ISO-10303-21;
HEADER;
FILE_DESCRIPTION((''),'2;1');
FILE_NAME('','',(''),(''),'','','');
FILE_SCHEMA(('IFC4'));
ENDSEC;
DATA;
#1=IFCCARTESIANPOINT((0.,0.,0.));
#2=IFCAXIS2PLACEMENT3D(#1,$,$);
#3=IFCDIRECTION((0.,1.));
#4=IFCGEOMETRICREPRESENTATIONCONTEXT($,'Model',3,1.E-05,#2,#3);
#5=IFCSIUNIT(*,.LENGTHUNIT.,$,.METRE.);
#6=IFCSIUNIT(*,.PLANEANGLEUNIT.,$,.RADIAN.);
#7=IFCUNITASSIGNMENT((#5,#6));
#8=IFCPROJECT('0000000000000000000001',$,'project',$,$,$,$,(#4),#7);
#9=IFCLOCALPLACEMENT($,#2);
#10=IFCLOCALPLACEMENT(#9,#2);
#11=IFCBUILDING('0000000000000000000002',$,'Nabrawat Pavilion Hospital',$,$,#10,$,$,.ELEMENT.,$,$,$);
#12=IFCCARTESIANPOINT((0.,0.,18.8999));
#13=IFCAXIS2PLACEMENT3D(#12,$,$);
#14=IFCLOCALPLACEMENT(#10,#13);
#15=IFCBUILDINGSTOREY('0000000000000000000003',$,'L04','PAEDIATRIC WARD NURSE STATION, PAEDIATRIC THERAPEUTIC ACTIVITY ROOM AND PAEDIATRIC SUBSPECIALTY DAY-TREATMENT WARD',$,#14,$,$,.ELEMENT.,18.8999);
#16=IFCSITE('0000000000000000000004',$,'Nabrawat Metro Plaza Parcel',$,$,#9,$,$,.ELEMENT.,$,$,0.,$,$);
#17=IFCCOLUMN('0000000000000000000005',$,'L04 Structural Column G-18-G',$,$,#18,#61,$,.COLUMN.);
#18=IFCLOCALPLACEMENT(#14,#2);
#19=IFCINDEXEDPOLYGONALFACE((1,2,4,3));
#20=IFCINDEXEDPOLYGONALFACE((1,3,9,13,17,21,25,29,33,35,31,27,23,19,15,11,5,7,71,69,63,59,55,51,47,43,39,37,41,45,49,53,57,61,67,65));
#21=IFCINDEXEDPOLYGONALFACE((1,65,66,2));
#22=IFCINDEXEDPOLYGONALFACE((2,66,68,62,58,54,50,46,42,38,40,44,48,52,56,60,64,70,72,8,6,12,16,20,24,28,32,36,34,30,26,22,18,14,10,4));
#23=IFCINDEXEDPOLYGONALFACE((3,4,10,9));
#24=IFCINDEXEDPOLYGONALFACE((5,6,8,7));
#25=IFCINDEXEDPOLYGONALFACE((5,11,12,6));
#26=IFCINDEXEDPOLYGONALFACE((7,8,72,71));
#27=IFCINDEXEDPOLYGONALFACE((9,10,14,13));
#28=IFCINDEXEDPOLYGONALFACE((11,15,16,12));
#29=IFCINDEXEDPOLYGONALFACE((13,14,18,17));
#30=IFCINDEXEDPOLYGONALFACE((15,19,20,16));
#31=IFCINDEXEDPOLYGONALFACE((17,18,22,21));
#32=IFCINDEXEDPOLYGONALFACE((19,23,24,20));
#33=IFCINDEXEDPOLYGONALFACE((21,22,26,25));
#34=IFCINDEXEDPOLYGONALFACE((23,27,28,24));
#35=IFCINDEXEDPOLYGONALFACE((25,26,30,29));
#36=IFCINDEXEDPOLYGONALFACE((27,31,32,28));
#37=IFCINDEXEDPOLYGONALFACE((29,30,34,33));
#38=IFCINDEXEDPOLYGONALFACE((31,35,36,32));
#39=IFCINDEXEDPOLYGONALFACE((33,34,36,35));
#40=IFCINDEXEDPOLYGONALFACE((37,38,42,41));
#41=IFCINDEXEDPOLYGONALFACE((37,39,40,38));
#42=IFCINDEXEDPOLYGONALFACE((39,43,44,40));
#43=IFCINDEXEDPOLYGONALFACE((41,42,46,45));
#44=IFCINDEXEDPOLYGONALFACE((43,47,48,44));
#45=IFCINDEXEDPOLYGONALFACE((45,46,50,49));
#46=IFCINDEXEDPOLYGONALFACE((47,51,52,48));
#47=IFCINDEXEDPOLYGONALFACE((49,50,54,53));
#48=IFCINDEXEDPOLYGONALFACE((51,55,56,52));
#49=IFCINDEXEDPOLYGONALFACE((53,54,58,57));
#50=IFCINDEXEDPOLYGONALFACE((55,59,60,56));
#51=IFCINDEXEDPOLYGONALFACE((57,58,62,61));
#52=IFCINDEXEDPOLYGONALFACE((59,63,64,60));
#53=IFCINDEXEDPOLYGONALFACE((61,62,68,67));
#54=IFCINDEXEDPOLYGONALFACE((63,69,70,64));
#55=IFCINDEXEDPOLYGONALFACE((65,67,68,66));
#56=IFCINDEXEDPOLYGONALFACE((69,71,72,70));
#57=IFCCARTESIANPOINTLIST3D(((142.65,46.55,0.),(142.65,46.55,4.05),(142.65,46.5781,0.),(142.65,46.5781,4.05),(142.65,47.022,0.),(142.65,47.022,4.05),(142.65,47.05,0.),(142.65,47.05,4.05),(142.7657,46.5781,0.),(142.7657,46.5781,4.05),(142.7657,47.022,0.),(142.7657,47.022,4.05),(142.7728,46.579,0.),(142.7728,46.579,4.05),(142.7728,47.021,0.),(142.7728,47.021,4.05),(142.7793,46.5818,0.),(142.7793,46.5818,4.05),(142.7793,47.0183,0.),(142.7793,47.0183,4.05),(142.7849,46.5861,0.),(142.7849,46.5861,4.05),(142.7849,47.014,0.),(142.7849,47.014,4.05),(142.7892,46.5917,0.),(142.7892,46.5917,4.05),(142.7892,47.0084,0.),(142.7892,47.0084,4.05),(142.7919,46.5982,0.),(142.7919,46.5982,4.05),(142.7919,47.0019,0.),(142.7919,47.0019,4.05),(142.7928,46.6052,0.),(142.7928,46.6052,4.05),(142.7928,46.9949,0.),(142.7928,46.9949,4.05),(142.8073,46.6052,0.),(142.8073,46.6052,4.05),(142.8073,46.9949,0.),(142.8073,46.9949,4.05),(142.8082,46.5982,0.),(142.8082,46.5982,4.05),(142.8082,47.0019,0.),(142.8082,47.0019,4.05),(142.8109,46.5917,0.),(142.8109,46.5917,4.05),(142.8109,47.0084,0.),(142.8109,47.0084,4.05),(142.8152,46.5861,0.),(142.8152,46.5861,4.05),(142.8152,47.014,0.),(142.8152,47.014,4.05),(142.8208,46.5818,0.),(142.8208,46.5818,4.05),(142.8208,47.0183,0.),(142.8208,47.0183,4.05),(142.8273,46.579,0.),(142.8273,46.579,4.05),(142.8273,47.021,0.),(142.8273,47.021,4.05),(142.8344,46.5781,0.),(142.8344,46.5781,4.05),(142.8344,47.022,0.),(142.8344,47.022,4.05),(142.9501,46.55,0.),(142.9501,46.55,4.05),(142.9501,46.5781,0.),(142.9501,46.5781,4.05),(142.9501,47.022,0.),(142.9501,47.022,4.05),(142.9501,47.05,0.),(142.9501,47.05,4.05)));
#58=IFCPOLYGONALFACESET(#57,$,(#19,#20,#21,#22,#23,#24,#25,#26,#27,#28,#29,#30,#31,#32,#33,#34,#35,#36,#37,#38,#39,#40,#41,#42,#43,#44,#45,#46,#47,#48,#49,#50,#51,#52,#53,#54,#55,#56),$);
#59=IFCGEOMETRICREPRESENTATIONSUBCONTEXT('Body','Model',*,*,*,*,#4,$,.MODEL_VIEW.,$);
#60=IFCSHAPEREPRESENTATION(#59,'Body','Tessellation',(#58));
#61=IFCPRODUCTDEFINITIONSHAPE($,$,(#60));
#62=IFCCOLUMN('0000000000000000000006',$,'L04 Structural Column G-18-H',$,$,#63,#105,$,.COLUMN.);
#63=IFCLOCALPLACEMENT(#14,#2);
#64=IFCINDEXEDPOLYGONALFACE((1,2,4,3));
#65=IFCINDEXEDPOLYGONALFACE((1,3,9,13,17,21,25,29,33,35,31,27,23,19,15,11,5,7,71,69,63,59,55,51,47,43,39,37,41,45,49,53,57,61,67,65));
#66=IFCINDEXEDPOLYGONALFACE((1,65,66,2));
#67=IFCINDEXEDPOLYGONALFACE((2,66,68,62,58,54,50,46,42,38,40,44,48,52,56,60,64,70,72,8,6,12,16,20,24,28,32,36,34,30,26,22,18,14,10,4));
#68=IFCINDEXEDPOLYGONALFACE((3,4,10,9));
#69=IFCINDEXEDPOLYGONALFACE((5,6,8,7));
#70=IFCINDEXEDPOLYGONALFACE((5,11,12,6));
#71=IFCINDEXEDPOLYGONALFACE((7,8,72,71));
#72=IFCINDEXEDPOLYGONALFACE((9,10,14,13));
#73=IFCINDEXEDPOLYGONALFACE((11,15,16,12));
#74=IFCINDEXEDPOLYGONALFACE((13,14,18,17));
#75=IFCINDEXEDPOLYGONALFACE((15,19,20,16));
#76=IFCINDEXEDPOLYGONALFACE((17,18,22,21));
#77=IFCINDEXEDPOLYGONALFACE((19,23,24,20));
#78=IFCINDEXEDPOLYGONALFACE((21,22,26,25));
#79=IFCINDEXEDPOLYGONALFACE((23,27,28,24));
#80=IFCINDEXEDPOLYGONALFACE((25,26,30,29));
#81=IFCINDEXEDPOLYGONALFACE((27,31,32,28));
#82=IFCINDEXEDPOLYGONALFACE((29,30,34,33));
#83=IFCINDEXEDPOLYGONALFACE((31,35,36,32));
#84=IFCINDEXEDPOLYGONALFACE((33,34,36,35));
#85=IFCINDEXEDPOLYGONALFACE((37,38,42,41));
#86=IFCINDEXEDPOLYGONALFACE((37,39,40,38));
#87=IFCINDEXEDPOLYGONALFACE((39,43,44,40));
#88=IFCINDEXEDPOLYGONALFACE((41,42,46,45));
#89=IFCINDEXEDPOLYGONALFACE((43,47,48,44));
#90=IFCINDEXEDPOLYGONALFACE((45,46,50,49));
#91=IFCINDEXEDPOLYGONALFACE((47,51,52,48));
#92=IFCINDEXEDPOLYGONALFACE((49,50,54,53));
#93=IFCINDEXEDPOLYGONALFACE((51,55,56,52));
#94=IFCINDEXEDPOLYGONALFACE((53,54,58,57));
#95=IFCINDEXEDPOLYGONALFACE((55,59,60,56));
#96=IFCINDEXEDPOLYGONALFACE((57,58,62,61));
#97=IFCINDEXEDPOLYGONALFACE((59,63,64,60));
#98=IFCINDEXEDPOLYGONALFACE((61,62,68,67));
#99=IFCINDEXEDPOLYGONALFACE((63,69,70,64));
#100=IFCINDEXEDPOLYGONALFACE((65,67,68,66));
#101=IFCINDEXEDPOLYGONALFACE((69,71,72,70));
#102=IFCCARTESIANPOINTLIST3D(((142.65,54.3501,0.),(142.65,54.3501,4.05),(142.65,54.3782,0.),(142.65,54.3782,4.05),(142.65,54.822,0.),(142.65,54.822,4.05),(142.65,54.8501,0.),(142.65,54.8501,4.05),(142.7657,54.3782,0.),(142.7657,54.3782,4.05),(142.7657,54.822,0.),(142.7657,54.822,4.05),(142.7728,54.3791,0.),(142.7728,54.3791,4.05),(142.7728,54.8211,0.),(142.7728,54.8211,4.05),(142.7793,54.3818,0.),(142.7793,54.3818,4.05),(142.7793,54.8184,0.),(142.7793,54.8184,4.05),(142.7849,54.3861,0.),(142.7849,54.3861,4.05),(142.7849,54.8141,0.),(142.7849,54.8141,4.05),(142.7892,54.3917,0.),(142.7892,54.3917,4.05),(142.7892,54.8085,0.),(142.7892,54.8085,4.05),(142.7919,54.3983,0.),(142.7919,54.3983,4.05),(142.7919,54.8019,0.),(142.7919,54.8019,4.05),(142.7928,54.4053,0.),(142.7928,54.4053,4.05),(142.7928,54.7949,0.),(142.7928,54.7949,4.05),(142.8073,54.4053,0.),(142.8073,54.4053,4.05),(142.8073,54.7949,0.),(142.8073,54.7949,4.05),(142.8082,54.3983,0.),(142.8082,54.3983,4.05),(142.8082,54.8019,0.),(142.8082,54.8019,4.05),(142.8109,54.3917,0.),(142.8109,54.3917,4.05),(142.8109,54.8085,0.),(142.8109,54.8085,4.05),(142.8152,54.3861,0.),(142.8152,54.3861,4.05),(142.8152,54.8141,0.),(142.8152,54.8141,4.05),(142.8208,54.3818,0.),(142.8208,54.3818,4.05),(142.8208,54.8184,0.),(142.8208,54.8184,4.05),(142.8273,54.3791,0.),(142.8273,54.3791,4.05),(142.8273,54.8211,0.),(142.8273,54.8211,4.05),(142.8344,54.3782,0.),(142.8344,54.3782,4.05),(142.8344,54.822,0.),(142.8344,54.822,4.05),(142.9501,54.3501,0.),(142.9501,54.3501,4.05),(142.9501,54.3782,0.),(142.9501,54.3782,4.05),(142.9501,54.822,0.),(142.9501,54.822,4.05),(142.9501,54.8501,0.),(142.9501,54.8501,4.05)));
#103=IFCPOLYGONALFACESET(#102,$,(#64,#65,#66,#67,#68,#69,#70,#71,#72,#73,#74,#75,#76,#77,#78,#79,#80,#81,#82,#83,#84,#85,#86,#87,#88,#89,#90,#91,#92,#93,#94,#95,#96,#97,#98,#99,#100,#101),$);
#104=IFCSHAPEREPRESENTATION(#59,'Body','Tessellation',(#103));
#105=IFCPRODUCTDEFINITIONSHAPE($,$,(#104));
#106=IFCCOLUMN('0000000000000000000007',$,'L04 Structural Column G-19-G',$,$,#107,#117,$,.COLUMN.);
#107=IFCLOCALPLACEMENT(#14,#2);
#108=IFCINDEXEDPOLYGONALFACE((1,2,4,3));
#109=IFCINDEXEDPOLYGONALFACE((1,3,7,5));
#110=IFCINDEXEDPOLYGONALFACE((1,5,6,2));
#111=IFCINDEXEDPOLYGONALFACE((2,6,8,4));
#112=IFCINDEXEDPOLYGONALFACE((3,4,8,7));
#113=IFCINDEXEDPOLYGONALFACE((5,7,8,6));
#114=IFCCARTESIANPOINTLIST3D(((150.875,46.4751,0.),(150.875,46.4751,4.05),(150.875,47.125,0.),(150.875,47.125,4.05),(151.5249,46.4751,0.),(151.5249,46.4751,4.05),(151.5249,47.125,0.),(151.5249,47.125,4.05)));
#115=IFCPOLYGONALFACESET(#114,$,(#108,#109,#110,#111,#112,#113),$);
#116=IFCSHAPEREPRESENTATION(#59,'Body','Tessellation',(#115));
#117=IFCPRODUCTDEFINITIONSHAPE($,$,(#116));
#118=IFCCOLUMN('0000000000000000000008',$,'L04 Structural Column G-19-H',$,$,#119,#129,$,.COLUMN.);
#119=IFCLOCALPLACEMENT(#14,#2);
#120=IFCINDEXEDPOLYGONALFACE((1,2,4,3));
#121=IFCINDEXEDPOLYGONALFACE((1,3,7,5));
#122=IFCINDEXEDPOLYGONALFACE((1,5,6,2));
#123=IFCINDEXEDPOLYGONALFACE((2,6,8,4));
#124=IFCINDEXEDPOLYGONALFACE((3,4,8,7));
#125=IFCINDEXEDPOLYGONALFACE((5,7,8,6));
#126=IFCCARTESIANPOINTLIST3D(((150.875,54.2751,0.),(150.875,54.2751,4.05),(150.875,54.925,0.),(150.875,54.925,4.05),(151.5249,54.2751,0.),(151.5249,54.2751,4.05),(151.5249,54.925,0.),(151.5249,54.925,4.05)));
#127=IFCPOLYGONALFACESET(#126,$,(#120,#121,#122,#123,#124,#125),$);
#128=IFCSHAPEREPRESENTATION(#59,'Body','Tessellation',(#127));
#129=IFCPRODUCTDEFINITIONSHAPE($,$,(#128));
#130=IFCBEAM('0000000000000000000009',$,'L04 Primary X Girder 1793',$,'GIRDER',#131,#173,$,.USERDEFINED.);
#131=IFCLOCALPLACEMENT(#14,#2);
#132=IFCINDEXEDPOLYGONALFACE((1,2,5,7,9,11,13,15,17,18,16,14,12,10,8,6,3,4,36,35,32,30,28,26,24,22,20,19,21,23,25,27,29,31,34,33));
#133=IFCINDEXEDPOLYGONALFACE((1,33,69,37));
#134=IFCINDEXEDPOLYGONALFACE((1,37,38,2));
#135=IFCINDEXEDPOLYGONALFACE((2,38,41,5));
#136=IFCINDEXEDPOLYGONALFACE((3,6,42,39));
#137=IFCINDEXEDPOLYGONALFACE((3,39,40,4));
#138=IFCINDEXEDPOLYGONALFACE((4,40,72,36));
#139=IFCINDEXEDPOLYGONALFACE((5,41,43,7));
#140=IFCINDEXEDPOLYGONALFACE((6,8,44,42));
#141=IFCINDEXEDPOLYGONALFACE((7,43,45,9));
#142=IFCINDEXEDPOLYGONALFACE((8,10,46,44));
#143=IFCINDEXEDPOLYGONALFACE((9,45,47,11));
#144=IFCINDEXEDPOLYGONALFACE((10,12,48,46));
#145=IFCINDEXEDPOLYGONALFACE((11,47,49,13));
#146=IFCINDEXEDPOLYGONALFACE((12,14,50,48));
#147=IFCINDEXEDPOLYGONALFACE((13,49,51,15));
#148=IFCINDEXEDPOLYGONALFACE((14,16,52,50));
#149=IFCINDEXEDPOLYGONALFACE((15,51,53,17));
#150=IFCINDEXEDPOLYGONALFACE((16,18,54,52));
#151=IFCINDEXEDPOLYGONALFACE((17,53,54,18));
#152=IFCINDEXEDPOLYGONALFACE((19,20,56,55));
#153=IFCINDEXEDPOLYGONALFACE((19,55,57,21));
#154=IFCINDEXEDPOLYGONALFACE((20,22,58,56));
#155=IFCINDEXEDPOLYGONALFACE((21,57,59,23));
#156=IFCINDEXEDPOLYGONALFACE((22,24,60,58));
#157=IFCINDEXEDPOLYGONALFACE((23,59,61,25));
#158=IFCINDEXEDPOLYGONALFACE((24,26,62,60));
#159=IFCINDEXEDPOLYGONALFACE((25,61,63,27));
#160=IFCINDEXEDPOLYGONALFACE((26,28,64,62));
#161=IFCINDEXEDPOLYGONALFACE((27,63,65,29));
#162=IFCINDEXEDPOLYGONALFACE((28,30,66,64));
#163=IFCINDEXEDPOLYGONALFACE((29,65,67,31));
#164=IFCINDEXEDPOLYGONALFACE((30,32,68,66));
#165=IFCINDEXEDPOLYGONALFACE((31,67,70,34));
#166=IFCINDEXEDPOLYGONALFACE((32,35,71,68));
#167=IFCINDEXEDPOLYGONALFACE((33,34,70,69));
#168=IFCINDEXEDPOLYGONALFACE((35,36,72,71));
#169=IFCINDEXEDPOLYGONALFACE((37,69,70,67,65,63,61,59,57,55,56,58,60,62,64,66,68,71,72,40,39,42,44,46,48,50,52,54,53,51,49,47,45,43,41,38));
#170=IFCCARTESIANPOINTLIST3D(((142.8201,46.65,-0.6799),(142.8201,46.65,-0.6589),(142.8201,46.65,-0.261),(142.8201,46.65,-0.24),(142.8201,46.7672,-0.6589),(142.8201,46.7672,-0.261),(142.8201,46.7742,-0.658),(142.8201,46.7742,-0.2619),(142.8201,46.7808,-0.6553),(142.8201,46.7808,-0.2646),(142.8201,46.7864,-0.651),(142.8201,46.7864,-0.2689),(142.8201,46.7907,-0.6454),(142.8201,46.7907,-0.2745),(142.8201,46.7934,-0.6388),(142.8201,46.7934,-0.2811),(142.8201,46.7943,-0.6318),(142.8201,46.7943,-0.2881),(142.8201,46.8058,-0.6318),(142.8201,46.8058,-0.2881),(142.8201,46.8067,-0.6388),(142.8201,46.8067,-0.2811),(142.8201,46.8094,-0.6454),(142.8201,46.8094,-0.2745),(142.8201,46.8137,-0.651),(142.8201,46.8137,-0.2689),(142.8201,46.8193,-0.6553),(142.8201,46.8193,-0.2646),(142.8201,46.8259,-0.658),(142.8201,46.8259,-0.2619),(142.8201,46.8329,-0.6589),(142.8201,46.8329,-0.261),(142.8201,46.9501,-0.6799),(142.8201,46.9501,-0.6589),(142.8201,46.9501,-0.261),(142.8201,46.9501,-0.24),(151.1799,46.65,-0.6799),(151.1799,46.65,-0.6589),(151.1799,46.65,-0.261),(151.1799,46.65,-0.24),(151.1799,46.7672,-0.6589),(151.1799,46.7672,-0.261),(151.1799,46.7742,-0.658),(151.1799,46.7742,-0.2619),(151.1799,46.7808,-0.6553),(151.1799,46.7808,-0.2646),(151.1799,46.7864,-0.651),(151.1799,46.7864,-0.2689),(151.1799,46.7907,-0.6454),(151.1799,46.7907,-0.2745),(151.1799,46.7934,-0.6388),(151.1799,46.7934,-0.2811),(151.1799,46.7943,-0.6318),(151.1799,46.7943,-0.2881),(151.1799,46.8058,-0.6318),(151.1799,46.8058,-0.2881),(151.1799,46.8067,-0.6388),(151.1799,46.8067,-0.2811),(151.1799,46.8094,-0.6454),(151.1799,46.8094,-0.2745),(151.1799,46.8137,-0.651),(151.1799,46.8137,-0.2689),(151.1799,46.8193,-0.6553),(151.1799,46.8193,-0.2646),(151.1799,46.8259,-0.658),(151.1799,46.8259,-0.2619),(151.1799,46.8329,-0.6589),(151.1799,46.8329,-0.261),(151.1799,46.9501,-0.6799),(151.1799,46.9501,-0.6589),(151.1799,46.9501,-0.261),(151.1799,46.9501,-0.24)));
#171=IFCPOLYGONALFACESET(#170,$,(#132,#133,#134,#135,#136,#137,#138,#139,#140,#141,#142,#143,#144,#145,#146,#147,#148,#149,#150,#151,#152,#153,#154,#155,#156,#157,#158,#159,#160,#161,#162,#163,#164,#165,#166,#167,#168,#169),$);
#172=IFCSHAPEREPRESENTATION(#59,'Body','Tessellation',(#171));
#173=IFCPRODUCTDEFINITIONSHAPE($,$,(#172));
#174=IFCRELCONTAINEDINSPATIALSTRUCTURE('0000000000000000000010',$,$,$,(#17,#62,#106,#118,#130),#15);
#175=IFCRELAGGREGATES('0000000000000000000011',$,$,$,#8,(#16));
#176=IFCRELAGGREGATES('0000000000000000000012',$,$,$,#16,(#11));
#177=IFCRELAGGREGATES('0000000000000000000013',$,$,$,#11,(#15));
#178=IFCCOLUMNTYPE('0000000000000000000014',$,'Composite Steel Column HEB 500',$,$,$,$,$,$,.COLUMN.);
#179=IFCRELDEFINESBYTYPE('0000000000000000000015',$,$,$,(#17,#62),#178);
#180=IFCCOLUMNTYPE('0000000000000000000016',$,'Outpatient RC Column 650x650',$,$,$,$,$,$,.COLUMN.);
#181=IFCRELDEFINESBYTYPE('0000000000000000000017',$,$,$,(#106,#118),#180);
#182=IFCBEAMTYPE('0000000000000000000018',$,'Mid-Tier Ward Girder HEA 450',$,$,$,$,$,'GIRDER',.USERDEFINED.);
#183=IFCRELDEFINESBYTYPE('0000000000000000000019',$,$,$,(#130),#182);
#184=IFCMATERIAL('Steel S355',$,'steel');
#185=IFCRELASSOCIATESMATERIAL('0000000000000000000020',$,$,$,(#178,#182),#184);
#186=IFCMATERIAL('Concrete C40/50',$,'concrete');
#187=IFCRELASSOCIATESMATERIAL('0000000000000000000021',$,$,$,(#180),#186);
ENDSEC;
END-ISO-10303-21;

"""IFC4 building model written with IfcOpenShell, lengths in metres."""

from ifc_helpers import new_model, si_unit, direction, frame, origin, origin_2d, place, context, subcontext, project, spatial, rectangle, i_section, extrude, material, material_profile, profile_set, type_object, element, save


model = new_model("IFC4")

# Units and contexts
model_context = context("Model", 3, precision=1e-05, world=origin(), true_north=direction((0.0, 1.0)))
body_context = subcontext(model_context, "Body", "Model", "MODEL_VIEW")
ifc_project = project(units=[si_unit("LENGTHUNIT", "METRE"), si_unit("PLANEANGLEUNIT", "RADIAN")], contexts=[model_context])

# Site, building, storey
site_placement = place(None, origin())
site = spatial("IfcSite", under=ifc_project, at=site_placement, Name="Nabrawat Metro Plaza Parcel", CompositionType="ELEMENT", RefElevation=0.0)
building_placement = place(site_placement, origin())
building = spatial("IfcBuilding", under=site, at=building_placement, Name="Nabrawat Pavilion Hospital", CompositionType="ELEMENT")
storey_placement = place(building_placement, frame((0.0, 0.0, 18.8999)))
storey = spatial("IfcBuildingStorey", under=building, at=storey_placement, Name="L04", Description="PAEDIATRIC WARD NURSE STATION, PAEDIATRIC THERAPEUTIC ACTIVITY ROOM AND PAEDIATRIC SUBSPECIALTY DAY-TREATMENT WARD", CompositionType="ELEMENT", Elevation=18.8999)

# Columns
ifc_material_1 = material(Name="Steel S355", Category="steel")
ifc_material_profile_1 = material_profile(ifc_material_1, i_section(OverallWidth=0.3, OverallDepth=0.5, WebThickness=0.0144, FlangeThickness=0.0281, FilletRadius=0.0271, at=origin_2d()), Name="HEB 500")
ifc_profile_set_1 = profile_set([ifc_material_profile_1], Name="Steel S355")
column_type_1 = type_object("IfcColumnType", Name="Composite Steel Column HEB 500", PredefinedType="COLUMN", material=ifc_profile_set_1)
for number, where, z_axis, x_axis, name in (
    (1, (142.8, 46.8, 0.0), (0.0, 0.0, 1.0), (1.0, 0.0, 0.0), "L04 Structural Column G-18-G"),
    (2, (142.8, 54.6001, 0.0), (0.0, 0.0, 1.0), (1.0, 0.0, 0.0), "L04 Structural Column G-18-H"),
):
    element("IfcColumn", number, at=place(storey_placement, frame(where, z_axis=z_axis, x_axis=x_axis)), inside=storey, type_object=column_type_1, Name=name, PredefinedType="COLUMN", context=body_context, shape_type="SweptSolid", body=[
        extrude(i_section(OverallWidth=0.3, OverallDepth=0.5, WebThickness=0.0144, FlangeThickness=0.0281, FilletRadius=0.0271, at=origin_2d()), origin(), (0.0, 0.0, 1.0), 4.05),
    ])
ifc_material_2 = material(Name="Concrete C40/50", Category="concrete")
ifc_material_profile_2 = material_profile(ifc_material_2, rectangle(XDim=0.6499, YDim=0.6499, at=origin_2d()), Name="RC 650x650")
ifc_profile_set_2 = profile_set([ifc_material_profile_2], Name="Concrete C40/50")
column_type_2 = type_object("IfcColumnType", Name="Outpatient RC Column 650x650", PredefinedType="COLUMN", material=ifc_profile_set_2)
for number, where, z_axis, x_axis, name in (
    (3, (151.2, 46.8, 0.0), (0.0, 0.0, 1.0), (1.0, 0.0, 0.0), "L04 Structural Column G-19-G"),
    (4, (151.2, 54.6001, 0.0), (0.0, 0.0, 1.0), (1.0, 0.0, 0.0), "L04 Structural Column G-19-H"),
):
    element("IfcColumn", number, at=place(storey_placement, frame(where, z_axis=z_axis, x_axis=x_axis)), inside=storey, type_object=column_type_2, Name=name, PredefinedType="COLUMN", context=body_context, shape_type="SweptSolid", body=[
        extrude(rectangle(XDim=0.6499, YDim=0.6499, at=origin_2d()), origin(), (0.0, 0.0, 1.0), 4.05),
    ])

# Beam
ifc_material_profile_3 = material_profile(ifc_material_1, i_section(OverallWidth=0.3, OverallDepth=0.4399, WebThickness=0.0115, FlangeThickness=0.021, FilletRadius=0.0271, at=origin_2d()), Name="HEA 450")
ifc_profile_set_3 = profile_set([ifc_material_profile_3], Name="Steel S355")
beam_type_1 = type_object("IfcBeamType", Name="Mid-Tier Ward Girder HEA 450", ElementType="GIRDER", PredefinedType="USERDEFINED", material=ifc_profile_set_3)
beam_1_placement = place(storey_placement, frame((142.8201, 46.8, -0.46), z_axis=(1.0, 0.0, 0.0), x_axis=(0.0, 1.0, 0.0)))
element("IfcBeam", 5, at=beam_1_placement, inside=storey, type_object=beam_type_1, Name="L04 Primary X Girder 1793", ObjectType="GIRDER", PredefinedType="USERDEFINED", context=body_context, shape_type="SweptSolid", body=[
    extrude(i_section(OverallWidth=0.3, OverallDepth=0.4399, WebThickness=0.0115, FlangeThickness=0.021, FilletRadius=0.0271, at=origin_2d()), origin(), (0.0, 0.0, 1.0), 8.3599),
])

save(model, "model.ifc")
